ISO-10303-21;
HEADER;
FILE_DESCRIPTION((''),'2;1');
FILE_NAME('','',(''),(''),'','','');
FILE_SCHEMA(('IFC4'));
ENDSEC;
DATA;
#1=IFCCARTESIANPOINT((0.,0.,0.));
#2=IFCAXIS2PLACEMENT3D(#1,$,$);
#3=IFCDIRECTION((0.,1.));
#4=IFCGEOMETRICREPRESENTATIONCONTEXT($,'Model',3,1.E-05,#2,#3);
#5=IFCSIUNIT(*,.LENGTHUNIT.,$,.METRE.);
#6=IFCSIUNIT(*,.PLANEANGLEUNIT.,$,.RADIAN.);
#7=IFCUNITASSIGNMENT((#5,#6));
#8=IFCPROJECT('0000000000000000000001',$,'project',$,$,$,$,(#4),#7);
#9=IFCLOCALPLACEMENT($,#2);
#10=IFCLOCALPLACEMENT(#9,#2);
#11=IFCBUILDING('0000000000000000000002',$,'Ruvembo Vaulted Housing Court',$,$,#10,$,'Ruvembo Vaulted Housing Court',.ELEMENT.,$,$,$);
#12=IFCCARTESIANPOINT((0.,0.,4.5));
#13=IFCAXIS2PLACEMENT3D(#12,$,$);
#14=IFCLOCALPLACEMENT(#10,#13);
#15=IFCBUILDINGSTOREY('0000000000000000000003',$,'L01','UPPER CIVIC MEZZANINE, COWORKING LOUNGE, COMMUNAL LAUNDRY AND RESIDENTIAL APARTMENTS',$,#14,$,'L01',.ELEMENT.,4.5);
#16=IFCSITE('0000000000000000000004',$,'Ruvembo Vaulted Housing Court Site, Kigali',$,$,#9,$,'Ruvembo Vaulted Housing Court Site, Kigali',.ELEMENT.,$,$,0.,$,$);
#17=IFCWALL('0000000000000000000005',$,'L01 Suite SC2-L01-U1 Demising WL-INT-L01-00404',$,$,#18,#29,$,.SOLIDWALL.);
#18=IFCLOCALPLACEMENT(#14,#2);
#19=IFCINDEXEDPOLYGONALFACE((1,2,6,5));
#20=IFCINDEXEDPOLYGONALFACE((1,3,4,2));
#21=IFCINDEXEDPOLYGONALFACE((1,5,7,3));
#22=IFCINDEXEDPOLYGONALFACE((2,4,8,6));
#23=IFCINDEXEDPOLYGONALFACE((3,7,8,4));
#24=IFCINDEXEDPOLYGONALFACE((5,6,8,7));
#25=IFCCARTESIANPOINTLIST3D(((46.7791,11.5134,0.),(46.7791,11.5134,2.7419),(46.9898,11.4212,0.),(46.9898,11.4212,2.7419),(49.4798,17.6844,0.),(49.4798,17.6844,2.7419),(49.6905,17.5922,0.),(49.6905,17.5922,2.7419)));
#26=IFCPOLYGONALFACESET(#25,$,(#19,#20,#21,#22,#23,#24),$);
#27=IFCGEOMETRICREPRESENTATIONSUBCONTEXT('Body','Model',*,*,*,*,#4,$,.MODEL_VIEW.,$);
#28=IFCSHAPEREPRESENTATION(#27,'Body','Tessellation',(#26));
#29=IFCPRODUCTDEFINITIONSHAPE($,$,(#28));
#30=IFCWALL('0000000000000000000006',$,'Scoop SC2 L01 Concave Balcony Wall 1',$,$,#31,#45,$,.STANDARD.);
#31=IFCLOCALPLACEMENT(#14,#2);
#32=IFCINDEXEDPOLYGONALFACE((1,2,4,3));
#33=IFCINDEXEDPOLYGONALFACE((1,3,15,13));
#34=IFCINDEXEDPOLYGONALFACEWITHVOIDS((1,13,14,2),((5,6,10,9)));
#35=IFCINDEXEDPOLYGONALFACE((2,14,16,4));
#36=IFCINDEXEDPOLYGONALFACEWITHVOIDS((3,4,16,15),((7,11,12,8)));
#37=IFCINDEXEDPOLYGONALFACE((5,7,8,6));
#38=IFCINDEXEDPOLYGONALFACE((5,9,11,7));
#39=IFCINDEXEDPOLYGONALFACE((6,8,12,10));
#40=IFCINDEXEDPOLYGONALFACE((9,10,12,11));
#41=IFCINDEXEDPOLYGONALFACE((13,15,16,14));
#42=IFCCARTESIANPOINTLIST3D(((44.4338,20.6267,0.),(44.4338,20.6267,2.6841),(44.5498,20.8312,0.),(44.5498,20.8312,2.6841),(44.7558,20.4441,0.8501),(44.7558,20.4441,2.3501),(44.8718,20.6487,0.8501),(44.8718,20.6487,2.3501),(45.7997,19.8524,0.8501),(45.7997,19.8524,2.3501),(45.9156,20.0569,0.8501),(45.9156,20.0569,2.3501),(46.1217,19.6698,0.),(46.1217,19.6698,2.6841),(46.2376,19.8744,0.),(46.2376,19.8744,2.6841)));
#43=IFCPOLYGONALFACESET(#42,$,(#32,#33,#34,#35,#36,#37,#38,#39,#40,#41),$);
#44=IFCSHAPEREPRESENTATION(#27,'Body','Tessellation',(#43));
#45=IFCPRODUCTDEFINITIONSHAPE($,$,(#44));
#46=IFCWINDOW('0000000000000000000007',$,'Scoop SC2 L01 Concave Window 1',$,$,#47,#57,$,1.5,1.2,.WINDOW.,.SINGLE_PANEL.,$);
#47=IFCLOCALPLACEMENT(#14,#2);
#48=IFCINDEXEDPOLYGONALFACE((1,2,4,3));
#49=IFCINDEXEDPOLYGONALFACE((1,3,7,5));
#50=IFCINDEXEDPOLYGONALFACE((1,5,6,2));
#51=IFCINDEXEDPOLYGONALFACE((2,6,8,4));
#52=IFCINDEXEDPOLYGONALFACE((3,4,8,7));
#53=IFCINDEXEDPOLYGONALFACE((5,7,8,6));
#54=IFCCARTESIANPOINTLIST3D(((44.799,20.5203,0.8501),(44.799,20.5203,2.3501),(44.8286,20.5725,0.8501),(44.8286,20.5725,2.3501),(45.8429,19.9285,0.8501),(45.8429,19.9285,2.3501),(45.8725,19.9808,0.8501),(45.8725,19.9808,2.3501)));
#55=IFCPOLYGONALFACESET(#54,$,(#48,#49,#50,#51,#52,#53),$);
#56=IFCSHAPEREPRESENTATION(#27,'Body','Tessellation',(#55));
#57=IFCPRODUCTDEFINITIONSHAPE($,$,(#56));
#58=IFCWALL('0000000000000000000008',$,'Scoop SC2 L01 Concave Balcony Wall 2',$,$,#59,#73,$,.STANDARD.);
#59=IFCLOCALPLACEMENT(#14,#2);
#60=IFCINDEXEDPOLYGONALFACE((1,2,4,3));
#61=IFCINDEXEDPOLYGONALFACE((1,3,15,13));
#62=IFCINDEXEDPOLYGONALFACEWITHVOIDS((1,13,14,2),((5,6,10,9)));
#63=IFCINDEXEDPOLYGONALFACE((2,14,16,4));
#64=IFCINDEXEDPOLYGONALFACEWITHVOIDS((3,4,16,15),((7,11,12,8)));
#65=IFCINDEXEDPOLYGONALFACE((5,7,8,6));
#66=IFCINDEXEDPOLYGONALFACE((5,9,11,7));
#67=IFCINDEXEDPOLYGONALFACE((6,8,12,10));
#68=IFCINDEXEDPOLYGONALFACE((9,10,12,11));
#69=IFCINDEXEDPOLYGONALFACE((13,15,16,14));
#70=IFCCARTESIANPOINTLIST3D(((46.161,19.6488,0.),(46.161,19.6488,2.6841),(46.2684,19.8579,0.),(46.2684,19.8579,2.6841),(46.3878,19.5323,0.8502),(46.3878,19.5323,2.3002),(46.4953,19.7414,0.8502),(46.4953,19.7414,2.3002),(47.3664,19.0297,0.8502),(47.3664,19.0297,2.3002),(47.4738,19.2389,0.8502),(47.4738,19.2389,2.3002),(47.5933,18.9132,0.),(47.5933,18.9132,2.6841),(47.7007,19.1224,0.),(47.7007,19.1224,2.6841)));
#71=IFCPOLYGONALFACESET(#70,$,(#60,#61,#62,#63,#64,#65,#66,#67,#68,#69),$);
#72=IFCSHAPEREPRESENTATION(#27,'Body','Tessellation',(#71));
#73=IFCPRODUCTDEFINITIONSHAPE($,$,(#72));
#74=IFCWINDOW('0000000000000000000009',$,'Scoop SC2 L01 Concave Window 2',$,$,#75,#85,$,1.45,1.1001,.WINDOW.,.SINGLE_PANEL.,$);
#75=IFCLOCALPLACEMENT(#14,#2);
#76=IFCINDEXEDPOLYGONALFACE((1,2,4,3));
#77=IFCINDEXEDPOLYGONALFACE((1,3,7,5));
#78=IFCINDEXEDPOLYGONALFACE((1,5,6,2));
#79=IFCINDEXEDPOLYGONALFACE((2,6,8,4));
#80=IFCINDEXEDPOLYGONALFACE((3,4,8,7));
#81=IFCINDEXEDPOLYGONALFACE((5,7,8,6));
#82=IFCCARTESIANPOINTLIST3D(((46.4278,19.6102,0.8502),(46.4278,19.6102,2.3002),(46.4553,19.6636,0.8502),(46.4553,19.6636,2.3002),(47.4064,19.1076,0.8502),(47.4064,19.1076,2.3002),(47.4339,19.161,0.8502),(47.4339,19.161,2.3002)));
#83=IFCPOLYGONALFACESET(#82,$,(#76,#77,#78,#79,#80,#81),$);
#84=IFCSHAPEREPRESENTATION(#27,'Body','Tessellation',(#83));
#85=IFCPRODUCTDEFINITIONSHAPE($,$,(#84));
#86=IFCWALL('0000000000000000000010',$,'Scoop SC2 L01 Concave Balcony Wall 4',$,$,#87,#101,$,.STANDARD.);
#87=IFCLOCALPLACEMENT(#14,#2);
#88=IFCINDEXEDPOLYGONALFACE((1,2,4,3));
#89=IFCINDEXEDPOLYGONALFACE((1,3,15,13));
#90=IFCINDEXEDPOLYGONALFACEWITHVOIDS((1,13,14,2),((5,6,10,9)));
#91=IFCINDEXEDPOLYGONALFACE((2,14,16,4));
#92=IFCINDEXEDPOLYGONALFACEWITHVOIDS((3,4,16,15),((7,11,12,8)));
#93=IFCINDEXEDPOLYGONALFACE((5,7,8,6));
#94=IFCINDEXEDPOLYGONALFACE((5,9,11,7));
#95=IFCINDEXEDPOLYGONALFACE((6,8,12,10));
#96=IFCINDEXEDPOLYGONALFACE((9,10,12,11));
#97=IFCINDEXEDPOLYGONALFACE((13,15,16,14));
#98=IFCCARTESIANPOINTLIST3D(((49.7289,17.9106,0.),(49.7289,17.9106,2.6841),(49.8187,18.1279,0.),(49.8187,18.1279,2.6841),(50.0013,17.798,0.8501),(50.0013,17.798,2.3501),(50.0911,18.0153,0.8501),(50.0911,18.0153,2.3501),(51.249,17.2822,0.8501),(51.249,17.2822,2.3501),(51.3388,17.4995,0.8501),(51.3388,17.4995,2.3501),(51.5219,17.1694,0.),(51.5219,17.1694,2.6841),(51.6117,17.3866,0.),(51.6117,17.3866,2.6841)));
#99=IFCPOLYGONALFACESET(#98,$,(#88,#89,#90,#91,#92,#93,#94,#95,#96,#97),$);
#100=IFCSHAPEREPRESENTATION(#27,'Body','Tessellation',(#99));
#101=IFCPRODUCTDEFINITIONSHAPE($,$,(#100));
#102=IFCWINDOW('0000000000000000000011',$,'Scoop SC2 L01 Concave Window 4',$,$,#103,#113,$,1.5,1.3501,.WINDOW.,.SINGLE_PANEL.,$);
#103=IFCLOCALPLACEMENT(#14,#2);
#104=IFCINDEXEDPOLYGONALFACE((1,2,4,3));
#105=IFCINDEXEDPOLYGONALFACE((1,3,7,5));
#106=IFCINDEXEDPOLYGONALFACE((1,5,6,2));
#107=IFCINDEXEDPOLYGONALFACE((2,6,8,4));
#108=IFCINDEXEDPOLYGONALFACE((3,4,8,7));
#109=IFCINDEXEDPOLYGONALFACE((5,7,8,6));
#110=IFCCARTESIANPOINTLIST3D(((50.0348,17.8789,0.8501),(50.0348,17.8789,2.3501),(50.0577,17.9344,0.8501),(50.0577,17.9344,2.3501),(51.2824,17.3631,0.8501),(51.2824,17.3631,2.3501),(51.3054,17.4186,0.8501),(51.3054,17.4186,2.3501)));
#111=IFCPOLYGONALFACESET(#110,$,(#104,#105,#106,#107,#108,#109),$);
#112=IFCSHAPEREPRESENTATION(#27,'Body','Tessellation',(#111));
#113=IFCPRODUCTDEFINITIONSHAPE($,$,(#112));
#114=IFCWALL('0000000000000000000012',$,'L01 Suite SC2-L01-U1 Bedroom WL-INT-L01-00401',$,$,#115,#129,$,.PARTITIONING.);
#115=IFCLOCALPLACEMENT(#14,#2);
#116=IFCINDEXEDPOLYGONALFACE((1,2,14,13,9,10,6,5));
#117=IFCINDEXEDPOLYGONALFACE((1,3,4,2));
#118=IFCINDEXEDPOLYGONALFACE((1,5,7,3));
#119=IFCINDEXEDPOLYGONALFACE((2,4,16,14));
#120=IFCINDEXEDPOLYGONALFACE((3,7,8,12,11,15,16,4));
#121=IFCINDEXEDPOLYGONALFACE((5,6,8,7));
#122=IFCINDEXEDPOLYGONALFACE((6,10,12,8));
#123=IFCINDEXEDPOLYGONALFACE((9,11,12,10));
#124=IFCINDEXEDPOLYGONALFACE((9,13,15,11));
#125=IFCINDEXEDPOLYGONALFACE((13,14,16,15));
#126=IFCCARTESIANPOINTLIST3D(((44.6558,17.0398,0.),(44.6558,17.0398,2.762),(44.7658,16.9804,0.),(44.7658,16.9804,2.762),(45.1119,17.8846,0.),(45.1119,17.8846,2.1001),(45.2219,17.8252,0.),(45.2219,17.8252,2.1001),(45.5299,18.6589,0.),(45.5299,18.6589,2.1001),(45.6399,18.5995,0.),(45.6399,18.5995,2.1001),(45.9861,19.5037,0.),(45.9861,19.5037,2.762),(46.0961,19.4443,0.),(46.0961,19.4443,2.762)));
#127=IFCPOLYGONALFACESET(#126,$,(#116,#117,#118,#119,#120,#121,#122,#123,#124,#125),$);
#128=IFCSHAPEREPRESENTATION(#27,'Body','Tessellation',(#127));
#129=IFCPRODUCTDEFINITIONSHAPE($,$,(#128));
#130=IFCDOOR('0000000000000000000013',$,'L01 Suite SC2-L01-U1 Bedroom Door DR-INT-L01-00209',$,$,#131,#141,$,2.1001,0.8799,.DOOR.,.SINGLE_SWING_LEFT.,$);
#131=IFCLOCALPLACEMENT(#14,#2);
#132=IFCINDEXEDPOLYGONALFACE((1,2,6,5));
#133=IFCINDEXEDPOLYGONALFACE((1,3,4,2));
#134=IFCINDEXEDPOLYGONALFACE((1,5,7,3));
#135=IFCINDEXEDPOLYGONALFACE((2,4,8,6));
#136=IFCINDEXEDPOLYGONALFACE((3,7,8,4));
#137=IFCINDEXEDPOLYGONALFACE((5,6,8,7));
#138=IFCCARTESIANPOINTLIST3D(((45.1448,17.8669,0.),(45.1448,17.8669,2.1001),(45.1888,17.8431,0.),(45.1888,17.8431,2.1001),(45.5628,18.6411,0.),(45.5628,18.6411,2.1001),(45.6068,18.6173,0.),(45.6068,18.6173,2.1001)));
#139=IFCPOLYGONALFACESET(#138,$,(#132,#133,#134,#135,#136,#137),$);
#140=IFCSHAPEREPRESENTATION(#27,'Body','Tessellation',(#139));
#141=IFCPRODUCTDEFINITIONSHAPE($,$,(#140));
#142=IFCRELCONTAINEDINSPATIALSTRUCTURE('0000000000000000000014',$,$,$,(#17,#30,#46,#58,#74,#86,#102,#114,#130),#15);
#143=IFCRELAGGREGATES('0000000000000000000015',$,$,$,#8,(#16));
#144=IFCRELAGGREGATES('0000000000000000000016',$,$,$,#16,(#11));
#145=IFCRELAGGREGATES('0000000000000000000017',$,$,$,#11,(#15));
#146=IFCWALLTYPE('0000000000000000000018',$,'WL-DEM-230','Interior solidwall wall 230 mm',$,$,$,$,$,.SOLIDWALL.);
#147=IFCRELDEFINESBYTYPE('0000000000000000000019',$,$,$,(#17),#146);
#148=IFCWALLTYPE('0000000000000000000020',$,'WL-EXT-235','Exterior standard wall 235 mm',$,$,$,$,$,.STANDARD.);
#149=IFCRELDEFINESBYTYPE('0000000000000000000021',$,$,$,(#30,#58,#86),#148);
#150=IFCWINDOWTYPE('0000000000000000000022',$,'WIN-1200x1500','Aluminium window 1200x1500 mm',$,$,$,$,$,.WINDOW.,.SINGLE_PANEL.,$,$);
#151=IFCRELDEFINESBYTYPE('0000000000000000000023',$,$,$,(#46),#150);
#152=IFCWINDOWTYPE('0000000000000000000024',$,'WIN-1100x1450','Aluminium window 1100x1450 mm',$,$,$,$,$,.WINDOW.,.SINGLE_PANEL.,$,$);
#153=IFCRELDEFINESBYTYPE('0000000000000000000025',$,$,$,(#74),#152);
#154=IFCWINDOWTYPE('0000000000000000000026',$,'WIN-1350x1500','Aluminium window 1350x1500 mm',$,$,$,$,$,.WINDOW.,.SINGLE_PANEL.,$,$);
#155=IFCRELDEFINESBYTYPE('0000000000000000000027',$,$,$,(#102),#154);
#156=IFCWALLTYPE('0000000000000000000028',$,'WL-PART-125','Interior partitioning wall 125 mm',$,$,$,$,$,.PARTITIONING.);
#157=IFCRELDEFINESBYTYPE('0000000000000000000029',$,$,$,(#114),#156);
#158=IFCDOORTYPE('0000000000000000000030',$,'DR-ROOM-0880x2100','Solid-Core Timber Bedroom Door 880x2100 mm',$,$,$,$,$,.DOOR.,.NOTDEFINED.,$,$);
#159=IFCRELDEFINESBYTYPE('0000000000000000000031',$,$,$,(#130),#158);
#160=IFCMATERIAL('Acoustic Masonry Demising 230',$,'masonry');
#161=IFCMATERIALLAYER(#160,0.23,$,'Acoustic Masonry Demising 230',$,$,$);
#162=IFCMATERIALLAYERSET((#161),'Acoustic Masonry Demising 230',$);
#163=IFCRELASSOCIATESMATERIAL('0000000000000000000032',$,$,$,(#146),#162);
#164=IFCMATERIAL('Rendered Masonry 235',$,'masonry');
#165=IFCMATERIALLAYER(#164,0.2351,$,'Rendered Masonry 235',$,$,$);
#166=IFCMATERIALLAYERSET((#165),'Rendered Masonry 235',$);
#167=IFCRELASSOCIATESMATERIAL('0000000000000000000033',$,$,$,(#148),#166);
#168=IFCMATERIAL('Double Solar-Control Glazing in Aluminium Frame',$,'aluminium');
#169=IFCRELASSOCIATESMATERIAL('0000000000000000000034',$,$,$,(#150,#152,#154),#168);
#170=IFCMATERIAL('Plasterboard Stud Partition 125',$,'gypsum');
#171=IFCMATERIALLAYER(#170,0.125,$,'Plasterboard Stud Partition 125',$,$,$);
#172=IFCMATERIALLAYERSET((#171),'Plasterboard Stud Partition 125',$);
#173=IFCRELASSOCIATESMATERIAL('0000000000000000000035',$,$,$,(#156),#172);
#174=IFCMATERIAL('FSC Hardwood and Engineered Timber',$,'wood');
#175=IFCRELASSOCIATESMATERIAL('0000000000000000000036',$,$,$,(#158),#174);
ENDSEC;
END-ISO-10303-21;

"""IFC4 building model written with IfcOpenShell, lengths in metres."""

from ifc_helpers import new_model, si_unit, direction, frame, frame_2d, origin, place, context, subcontext, project, spatial, rectangle, extrude, material, layer, layer_set, type_object, element, fill, save


model = new_model("IFC4")

# Units and contexts
model_context = context("Model", 3, precision=1e-05, world=origin(), true_north=direction((0.0, 1.0)))
body_context = subcontext(model_context, "Body", "Model", "MODEL_VIEW")
ifc_project = project(units=[si_unit("LENGTHUNIT", "METRE"), si_unit("PLANEANGLEUNIT", "RADIAN")], contexts=[model_context])

# Site, building, storey
site_placement = place(None, origin())
site = spatial("IfcSite", under=ifc_project, at=site_placement, Name="Ruvembo Vaulted Housing Court Site, Kigali", LongName="Ruvembo Vaulted Housing Court Site, Kigali", CompositionType="ELEMENT", RefElevation=0.0)
building_placement = place(site_placement, origin())
building = spatial("IfcBuilding", under=site, at=building_placement, Name="Ruvembo Vaulted Housing Court", LongName="Ruvembo Vaulted Housing Court", CompositionType="ELEMENT")
storey_placement = place(building_placement, frame((0.0, 0.0, 4.5)))
storey = spatial("IfcBuildingStorey", under=building, at=storey_placement, Name="L01", Description="UPPER CIVIC MEZZANINE, COWORKING LOUNGE, COMMUNAL LAUNDRY AND RESIDENTIAL APARTMENTS", LongName="L01", CompositionType="ELEMENT", Elevation=4.5)

# Wall
ifc_material_1 = material(Name="Acoustic Masonry Demising 230", Category="masonry")
ifc_layer_1 = layer(ifc_material_1, 0.23, Name="Acoustic Masonry Demising 230")
ifc_layer_set_1 = layer_set([ifc_layer_1], Name="Acoustic Masonry Demising 230")
wall_type_1 = type_object("IfcWallType", Name="WL-DEM-230", Description="Interior solidwall wall 230 mm", PredefinedType="SOLIDWALL", material=ifc_layer_set_1)
wall_1_placement = place(storey_placement, frame((49.5852, 17.6384, 0.0), z_axis=(0.0, 0.0, 1.0), x_axis=(-0.400933, -0.916107, 0.0)))
element("IfcWall", 1, at=wall_1_placement, inside=storey, type_object=wall_type_1, Name="L01 Suite SC2-L01-U1 Demising WL-INT-L01-00404", PredefinedType="SOLIDWALL", context=body_context, shape_type="SweptSolid", body=[
    extrude(rectangle(XDim=6.7361, YDim=0.23, at=frame_2d((3.3682, 0.0))), origin(), (0.0, 0.0, 1.0), 2.7419),
])

# Walls, openings, windows
ifc_material_2 = material(Name="Rendered Masonry 235", Category="masonry")
ifc_layer_2 = layer(ifc_material_2, 0.2351, Name="Rendered Masonry 235")
ifc_layer_set_2 = layer_set([ifc_layer_2], Name="Rendered Masonry 235")
wall_type_2 = type_object("IfcWallType", Name="WL-EXT-235", Description="Exterior standard wall 235 mm", PredefinedType="STANDARD", material=ifc_layer_set_2)
wall_2_placement = place(storey_placement, frame((44.4917, 20.729, 0.0), z_axis=(0.0, 0.0, 1.0), x_axis=(0.869934, -0.493168, 0.0)))
wall_2 = element("IfcWall", 2, at=wall_2_placement, inside=storey, type_object=wall_type_2, Name="Scoop SC2 L01 Concave Balcony Wall 1", PredefinedType="STANDARD", context=body_context, shape_type="SweptSolid", body=[
    extrude(rectangle(XDim=1.9402, YDim=0.2351, at=frame_2d((0.9702, 0.0))), origin(), (0.0, 0.0, 1.0), 2.6841),
])
opening_1_placement = place(wall_2_placement, frame((0.3701, 0.0, 0.8501)))
opening_1 = element("IfcOpeningElement", 3, at=opening_1_placement, cuts=wall_2, PredefinedType="OPENING", context=body_context, shape_type="SweptSolid", body=[
    extrude(rectangle(XDim=1.2, YDim=1.5, at=frame_2d((0.6001, 0.75))), frame((0.0, 0.1274, 0.0), z_axis=(0.0, -1.0, 0.0), x_axis=(1.0, 0.0, 0.0)), (0.0, 0.0, 1.0), 0.2551),
])
ifc_material_3 = material(Name="Double Solar-Control Glazing in Aluminium Frame", Category="aluminium")
window_type_1 = type_object("IfcWindowType", Name="WIN-1200x1500", Description="Aluminium window 1200x1500 mm", PartitioningType="SINGLE_PANEL", PredefinedType="WINDOW", material=ifc_material_3)
window_1_placement = place(opening_1_placement, origin())
window_1 = element("IfcWindow", 4, at=window_1_placement, inside=storey, type_object=window_type_1, Name="Scoop SC2 L01 Concave Window 1", OverallHeight=1.5, OverallWidth=1.2, PartitioningType="SINGLE_PANEL", PredefinedType="WINDOW", context=body_context, shape_type="SweptSolid", body=[
    extrude(rectangle(XDim=1.2, YDim=1.5, at=frame_2d((0.6001, 0.75))), frame((0.0, 0.03, 0.0), z_axis=(0.0, -1.0, 0.0), x_axis=(1.0, 0.0, 0.0)), (0.0, 0.0, 1.0), 0.0601),
])
fill(opening_1, window_1)
wall_3_placement = place(storey_placement, frame((46.2146, 19.7534, 0.0), z_axis=(0.0, 0.0, 1.0), x_axis=(0.889554, -0.456831, 0.0)))
wall_3 = element("IfcWall", 5, at=wall_3_placement, inside=storey, type_object=wall_type_2, Name="Scoop SC2 L01 Concave Balcony Wall 2", PredefinedType="STANDARD", context=body_context, shape_type="SweptSolid", body=[
    extrude(rectangle(XDim=1.6101, YDim=0.2351, at=frame_2d((0.8052, 0.0))), origin(), (0.0, 0.0, 1.0), 2.6841),
])
opening_2_placement = place(wall_3_placement, frame((0.2551, 0.0, 0.8501)))
opening_2 = element("IfcOpeningElement", 6, at=opening_2_placement, cuts=wall_3, PredefinedType="OPENING", context=body_context, shape_type="SweptSolid", body=[
    extrude(rectangle(XDim=1.1001, YDim=1.45, at=frame_2d((0.55, 0.7251))), frame((0.0, 0.1274, 0.0), z_axis=(0.0, -1.0, 0.0), x_axis=(1.0, 0.0, 0.0)), (0.0, 0.0, 1.0), 0.2551),
])
window_type_2 = type_object("IfcWindowType", Name="WIN-1100x1450", Description="Aluminium window 1100x1450 mm", PartitioningType="SINGLE_PANEL", PredefinedType="WINDOW", material=ifc_material_3)
window_2_placement = place(opening_2_placement, origin())
window_2 = element("IfcWindow", 7, at=window_2_placement, inside=storey, type_object=window_type_2, Name="Scoop SC2 L01 Concave Window 2", OverallHeight=1.45, OverallWidth=1.1001, PartitioningType="SINGLE_PANEL", PredefinedType="WINDOW", context=body_context, shape_type="SweptSolid", body=[
    extrude(rectangle(XDim=1.1001, YDim=1.45, at=frame_2d((0.55, 0.7251))), frame((0.0, 0.03, 0.0), z_axis=(0.0, -1.0, 0.0), x_axis=(1.0, 0.0, 0.0)), (0.0, 0.0, 1.0), 0.0601),
])
fill(opening_2, window_2)

# Wall, opening, window
wall_4_placement = place(storey_placement, frame((49.7737, 18.0193, 0.0), z_axis=(0.0, 0.0, 1.0), x_axis=(0.924146, -0.382041, 0.0)))
wall_4 = element("IfcWall", 8, at=wall_4_placement, inside=storey, type_object=wall_type_2, Name="Scoop SC2 L01 Concave Balcony Wall 4", PredefinedType="STANDARD", context=body_context, shape_type="SweptSolid", body=[
    extrude(rectangle(XDim=1.9402, YDim=0.2351, at=frame_2d((0.9702, 0.0))), origin(), (0.0, 0.0, 1.0), 2.6841),
])
opening_3_placement = place(wall_4_placement, frame((0.2949, 0.0, 0.8501)))
opening_3 = element("IfcOpeningElement", 9, at=opening_3_placement, cuts=wall_4, PredefinedType="OPENING", context=body_context, shape_type="SweptSolid", body=[
    extrude(rectangle(XDim=1.3501, YDim=1.5, at=frame_2d((0.675, 0.75))), frame((0.0, 0.1274, 0.0), z_axis=(0.0, -1.0, 0.0), x_axis=(1.0, 0.0, 0.0)), (0.0, 0.0, 1.0), 0.2551),
])
window_type_3 = type_object("IfcWindowType", Name="WIN-1350x1500", Description="Aluminium window 1350x1500 mm", PartitioningType="SINGLE_PANEL", PredefinedType="WINDOW", material=ifc_material_3)
window_3_placement = place(opening_3_placement, origin())
window_3 = element("IfcWindow", 10, at=window_3_placement, inside=storey, type_object=window_type_3, Name="Scoop SC2 L01 Concave Window 4", OverallHeight=1.5, OverallWidth=1.3501, PartitioningType="SINGLE_PANEL", PredefinedType="WINDOW", context=body_context, shape_type="SweptSolid", body=[
    extrude(rectangle(XDim=1.3501, YDim=1.5, at=frame_2d((0.675, 0.75))), frame((0.0, 0.03, 0.0), z_axis=(0.0, -1.0, 0.0), x_axis=(1.0, 0.0, 0.0)), (0.0, 0.0, 1.0), 0.0601),
])
fill(opening_3, window_3)

# Wall, opening, door
ifc_material_4 = material(Name="Plasterboard Stud Partition 125", Category="gypsum")
ifc_layer_3 = layer(ifc_material_4, 0.125, Name="Plasterboard Stud Partition 125")
ifc_layer_set_3 = layer_set([ifc_layer_3], Name="Plasterboard Stud Partition 125")
wall_type_3 = type_object("IfcWallType", Name="WL-PART-125", Description="Interior partitioning wall 125 mm", PredefinedType="PARTITIONING", material=ifc_layer_set_3)
wall_5_placement = place(storey_placement, frame((46.041, 19.4739, 0.0), z_axis=(0.0, 0.0, 1.0), x_axis=(-0.475103, -0.87993, 0.0)))
wall_5 = element("IfcWall", 11, at=wall_5_placement, inside=storey, type_object=wall_type_3, Name="L01 Suite SC2-L01-U1 Bedroom WL-INT-L01-00401", PredefinedType="PARTITIONING", context=body_context, shape_type="SweptSolid", body=[
    extrude(rectangle(XDim=2.8, YDim=0.125, at=frame_2d((1.3999, 0.0))), origin(), (0.0, 0.0, 1.0), 2.762),
])
opening_4_placement = place(wall_5_placement, frame((0.96, 0.0, 0.0)))
opening_4 = element("IfcOpeningElement", 12, at=opening_4_placement, cuts=wall_5, PredefinedType="OPENING", context=body_context, shape_type="SweptSolid", body=[
    extrude(rectangle(XDim=0.8799, YDim=2.1001, at=frame_2d((0.4399, 1.05))), frame((0.0, 0.0725, 0.0), z_axis=(0.0, -1.0, 0.0), x_axis=(1.0, 0.0, 0.0)), (0.0, 0.0, 1.0), 0.145),
])
ifc_material_5 = material(Name="FSC Hardwood and Engineered Timber", Category="wood")
door_type_1 = type_object("IfcDoorType", Name="DR-ROOM-0880x2100", Description="Solid-Core Timber Bedroom Door 880x2100 mm", OperationType="NOTDEFINED", PredefinedType="DOOR", material=ifc_material_5)
door_1_placement = place(opening_4_placement, origin())
door_1 = element("IfcDoor", 13, at=door_1_placement, inside=storey, type_object=door_type_1, Name="L01 Suite SC2-L01-U1 Bedroom Door DR-INT-L01-00209", OperationType="SINGLE_SWING_LEFT", OverallHeight=2.1001, OverallWidth=0.8799, PredefinedType="DOOR", context=body_context, shape_type="SweptSolid", body=[
    extrude(rectangle(XDim=0.8799, YDim=2.1001, at=frame_2d((0.4399, 1.05))), frame((0.0, 0.0249, 0.0), z_axis=(0.0, -1.0, 0.0), x_axis=(1.0, 0.0, 0.0)), (0.0, 0.0, 1.0), 0.05),
])
fill(opening_4, door_1)

save(model, "model.ifc")
